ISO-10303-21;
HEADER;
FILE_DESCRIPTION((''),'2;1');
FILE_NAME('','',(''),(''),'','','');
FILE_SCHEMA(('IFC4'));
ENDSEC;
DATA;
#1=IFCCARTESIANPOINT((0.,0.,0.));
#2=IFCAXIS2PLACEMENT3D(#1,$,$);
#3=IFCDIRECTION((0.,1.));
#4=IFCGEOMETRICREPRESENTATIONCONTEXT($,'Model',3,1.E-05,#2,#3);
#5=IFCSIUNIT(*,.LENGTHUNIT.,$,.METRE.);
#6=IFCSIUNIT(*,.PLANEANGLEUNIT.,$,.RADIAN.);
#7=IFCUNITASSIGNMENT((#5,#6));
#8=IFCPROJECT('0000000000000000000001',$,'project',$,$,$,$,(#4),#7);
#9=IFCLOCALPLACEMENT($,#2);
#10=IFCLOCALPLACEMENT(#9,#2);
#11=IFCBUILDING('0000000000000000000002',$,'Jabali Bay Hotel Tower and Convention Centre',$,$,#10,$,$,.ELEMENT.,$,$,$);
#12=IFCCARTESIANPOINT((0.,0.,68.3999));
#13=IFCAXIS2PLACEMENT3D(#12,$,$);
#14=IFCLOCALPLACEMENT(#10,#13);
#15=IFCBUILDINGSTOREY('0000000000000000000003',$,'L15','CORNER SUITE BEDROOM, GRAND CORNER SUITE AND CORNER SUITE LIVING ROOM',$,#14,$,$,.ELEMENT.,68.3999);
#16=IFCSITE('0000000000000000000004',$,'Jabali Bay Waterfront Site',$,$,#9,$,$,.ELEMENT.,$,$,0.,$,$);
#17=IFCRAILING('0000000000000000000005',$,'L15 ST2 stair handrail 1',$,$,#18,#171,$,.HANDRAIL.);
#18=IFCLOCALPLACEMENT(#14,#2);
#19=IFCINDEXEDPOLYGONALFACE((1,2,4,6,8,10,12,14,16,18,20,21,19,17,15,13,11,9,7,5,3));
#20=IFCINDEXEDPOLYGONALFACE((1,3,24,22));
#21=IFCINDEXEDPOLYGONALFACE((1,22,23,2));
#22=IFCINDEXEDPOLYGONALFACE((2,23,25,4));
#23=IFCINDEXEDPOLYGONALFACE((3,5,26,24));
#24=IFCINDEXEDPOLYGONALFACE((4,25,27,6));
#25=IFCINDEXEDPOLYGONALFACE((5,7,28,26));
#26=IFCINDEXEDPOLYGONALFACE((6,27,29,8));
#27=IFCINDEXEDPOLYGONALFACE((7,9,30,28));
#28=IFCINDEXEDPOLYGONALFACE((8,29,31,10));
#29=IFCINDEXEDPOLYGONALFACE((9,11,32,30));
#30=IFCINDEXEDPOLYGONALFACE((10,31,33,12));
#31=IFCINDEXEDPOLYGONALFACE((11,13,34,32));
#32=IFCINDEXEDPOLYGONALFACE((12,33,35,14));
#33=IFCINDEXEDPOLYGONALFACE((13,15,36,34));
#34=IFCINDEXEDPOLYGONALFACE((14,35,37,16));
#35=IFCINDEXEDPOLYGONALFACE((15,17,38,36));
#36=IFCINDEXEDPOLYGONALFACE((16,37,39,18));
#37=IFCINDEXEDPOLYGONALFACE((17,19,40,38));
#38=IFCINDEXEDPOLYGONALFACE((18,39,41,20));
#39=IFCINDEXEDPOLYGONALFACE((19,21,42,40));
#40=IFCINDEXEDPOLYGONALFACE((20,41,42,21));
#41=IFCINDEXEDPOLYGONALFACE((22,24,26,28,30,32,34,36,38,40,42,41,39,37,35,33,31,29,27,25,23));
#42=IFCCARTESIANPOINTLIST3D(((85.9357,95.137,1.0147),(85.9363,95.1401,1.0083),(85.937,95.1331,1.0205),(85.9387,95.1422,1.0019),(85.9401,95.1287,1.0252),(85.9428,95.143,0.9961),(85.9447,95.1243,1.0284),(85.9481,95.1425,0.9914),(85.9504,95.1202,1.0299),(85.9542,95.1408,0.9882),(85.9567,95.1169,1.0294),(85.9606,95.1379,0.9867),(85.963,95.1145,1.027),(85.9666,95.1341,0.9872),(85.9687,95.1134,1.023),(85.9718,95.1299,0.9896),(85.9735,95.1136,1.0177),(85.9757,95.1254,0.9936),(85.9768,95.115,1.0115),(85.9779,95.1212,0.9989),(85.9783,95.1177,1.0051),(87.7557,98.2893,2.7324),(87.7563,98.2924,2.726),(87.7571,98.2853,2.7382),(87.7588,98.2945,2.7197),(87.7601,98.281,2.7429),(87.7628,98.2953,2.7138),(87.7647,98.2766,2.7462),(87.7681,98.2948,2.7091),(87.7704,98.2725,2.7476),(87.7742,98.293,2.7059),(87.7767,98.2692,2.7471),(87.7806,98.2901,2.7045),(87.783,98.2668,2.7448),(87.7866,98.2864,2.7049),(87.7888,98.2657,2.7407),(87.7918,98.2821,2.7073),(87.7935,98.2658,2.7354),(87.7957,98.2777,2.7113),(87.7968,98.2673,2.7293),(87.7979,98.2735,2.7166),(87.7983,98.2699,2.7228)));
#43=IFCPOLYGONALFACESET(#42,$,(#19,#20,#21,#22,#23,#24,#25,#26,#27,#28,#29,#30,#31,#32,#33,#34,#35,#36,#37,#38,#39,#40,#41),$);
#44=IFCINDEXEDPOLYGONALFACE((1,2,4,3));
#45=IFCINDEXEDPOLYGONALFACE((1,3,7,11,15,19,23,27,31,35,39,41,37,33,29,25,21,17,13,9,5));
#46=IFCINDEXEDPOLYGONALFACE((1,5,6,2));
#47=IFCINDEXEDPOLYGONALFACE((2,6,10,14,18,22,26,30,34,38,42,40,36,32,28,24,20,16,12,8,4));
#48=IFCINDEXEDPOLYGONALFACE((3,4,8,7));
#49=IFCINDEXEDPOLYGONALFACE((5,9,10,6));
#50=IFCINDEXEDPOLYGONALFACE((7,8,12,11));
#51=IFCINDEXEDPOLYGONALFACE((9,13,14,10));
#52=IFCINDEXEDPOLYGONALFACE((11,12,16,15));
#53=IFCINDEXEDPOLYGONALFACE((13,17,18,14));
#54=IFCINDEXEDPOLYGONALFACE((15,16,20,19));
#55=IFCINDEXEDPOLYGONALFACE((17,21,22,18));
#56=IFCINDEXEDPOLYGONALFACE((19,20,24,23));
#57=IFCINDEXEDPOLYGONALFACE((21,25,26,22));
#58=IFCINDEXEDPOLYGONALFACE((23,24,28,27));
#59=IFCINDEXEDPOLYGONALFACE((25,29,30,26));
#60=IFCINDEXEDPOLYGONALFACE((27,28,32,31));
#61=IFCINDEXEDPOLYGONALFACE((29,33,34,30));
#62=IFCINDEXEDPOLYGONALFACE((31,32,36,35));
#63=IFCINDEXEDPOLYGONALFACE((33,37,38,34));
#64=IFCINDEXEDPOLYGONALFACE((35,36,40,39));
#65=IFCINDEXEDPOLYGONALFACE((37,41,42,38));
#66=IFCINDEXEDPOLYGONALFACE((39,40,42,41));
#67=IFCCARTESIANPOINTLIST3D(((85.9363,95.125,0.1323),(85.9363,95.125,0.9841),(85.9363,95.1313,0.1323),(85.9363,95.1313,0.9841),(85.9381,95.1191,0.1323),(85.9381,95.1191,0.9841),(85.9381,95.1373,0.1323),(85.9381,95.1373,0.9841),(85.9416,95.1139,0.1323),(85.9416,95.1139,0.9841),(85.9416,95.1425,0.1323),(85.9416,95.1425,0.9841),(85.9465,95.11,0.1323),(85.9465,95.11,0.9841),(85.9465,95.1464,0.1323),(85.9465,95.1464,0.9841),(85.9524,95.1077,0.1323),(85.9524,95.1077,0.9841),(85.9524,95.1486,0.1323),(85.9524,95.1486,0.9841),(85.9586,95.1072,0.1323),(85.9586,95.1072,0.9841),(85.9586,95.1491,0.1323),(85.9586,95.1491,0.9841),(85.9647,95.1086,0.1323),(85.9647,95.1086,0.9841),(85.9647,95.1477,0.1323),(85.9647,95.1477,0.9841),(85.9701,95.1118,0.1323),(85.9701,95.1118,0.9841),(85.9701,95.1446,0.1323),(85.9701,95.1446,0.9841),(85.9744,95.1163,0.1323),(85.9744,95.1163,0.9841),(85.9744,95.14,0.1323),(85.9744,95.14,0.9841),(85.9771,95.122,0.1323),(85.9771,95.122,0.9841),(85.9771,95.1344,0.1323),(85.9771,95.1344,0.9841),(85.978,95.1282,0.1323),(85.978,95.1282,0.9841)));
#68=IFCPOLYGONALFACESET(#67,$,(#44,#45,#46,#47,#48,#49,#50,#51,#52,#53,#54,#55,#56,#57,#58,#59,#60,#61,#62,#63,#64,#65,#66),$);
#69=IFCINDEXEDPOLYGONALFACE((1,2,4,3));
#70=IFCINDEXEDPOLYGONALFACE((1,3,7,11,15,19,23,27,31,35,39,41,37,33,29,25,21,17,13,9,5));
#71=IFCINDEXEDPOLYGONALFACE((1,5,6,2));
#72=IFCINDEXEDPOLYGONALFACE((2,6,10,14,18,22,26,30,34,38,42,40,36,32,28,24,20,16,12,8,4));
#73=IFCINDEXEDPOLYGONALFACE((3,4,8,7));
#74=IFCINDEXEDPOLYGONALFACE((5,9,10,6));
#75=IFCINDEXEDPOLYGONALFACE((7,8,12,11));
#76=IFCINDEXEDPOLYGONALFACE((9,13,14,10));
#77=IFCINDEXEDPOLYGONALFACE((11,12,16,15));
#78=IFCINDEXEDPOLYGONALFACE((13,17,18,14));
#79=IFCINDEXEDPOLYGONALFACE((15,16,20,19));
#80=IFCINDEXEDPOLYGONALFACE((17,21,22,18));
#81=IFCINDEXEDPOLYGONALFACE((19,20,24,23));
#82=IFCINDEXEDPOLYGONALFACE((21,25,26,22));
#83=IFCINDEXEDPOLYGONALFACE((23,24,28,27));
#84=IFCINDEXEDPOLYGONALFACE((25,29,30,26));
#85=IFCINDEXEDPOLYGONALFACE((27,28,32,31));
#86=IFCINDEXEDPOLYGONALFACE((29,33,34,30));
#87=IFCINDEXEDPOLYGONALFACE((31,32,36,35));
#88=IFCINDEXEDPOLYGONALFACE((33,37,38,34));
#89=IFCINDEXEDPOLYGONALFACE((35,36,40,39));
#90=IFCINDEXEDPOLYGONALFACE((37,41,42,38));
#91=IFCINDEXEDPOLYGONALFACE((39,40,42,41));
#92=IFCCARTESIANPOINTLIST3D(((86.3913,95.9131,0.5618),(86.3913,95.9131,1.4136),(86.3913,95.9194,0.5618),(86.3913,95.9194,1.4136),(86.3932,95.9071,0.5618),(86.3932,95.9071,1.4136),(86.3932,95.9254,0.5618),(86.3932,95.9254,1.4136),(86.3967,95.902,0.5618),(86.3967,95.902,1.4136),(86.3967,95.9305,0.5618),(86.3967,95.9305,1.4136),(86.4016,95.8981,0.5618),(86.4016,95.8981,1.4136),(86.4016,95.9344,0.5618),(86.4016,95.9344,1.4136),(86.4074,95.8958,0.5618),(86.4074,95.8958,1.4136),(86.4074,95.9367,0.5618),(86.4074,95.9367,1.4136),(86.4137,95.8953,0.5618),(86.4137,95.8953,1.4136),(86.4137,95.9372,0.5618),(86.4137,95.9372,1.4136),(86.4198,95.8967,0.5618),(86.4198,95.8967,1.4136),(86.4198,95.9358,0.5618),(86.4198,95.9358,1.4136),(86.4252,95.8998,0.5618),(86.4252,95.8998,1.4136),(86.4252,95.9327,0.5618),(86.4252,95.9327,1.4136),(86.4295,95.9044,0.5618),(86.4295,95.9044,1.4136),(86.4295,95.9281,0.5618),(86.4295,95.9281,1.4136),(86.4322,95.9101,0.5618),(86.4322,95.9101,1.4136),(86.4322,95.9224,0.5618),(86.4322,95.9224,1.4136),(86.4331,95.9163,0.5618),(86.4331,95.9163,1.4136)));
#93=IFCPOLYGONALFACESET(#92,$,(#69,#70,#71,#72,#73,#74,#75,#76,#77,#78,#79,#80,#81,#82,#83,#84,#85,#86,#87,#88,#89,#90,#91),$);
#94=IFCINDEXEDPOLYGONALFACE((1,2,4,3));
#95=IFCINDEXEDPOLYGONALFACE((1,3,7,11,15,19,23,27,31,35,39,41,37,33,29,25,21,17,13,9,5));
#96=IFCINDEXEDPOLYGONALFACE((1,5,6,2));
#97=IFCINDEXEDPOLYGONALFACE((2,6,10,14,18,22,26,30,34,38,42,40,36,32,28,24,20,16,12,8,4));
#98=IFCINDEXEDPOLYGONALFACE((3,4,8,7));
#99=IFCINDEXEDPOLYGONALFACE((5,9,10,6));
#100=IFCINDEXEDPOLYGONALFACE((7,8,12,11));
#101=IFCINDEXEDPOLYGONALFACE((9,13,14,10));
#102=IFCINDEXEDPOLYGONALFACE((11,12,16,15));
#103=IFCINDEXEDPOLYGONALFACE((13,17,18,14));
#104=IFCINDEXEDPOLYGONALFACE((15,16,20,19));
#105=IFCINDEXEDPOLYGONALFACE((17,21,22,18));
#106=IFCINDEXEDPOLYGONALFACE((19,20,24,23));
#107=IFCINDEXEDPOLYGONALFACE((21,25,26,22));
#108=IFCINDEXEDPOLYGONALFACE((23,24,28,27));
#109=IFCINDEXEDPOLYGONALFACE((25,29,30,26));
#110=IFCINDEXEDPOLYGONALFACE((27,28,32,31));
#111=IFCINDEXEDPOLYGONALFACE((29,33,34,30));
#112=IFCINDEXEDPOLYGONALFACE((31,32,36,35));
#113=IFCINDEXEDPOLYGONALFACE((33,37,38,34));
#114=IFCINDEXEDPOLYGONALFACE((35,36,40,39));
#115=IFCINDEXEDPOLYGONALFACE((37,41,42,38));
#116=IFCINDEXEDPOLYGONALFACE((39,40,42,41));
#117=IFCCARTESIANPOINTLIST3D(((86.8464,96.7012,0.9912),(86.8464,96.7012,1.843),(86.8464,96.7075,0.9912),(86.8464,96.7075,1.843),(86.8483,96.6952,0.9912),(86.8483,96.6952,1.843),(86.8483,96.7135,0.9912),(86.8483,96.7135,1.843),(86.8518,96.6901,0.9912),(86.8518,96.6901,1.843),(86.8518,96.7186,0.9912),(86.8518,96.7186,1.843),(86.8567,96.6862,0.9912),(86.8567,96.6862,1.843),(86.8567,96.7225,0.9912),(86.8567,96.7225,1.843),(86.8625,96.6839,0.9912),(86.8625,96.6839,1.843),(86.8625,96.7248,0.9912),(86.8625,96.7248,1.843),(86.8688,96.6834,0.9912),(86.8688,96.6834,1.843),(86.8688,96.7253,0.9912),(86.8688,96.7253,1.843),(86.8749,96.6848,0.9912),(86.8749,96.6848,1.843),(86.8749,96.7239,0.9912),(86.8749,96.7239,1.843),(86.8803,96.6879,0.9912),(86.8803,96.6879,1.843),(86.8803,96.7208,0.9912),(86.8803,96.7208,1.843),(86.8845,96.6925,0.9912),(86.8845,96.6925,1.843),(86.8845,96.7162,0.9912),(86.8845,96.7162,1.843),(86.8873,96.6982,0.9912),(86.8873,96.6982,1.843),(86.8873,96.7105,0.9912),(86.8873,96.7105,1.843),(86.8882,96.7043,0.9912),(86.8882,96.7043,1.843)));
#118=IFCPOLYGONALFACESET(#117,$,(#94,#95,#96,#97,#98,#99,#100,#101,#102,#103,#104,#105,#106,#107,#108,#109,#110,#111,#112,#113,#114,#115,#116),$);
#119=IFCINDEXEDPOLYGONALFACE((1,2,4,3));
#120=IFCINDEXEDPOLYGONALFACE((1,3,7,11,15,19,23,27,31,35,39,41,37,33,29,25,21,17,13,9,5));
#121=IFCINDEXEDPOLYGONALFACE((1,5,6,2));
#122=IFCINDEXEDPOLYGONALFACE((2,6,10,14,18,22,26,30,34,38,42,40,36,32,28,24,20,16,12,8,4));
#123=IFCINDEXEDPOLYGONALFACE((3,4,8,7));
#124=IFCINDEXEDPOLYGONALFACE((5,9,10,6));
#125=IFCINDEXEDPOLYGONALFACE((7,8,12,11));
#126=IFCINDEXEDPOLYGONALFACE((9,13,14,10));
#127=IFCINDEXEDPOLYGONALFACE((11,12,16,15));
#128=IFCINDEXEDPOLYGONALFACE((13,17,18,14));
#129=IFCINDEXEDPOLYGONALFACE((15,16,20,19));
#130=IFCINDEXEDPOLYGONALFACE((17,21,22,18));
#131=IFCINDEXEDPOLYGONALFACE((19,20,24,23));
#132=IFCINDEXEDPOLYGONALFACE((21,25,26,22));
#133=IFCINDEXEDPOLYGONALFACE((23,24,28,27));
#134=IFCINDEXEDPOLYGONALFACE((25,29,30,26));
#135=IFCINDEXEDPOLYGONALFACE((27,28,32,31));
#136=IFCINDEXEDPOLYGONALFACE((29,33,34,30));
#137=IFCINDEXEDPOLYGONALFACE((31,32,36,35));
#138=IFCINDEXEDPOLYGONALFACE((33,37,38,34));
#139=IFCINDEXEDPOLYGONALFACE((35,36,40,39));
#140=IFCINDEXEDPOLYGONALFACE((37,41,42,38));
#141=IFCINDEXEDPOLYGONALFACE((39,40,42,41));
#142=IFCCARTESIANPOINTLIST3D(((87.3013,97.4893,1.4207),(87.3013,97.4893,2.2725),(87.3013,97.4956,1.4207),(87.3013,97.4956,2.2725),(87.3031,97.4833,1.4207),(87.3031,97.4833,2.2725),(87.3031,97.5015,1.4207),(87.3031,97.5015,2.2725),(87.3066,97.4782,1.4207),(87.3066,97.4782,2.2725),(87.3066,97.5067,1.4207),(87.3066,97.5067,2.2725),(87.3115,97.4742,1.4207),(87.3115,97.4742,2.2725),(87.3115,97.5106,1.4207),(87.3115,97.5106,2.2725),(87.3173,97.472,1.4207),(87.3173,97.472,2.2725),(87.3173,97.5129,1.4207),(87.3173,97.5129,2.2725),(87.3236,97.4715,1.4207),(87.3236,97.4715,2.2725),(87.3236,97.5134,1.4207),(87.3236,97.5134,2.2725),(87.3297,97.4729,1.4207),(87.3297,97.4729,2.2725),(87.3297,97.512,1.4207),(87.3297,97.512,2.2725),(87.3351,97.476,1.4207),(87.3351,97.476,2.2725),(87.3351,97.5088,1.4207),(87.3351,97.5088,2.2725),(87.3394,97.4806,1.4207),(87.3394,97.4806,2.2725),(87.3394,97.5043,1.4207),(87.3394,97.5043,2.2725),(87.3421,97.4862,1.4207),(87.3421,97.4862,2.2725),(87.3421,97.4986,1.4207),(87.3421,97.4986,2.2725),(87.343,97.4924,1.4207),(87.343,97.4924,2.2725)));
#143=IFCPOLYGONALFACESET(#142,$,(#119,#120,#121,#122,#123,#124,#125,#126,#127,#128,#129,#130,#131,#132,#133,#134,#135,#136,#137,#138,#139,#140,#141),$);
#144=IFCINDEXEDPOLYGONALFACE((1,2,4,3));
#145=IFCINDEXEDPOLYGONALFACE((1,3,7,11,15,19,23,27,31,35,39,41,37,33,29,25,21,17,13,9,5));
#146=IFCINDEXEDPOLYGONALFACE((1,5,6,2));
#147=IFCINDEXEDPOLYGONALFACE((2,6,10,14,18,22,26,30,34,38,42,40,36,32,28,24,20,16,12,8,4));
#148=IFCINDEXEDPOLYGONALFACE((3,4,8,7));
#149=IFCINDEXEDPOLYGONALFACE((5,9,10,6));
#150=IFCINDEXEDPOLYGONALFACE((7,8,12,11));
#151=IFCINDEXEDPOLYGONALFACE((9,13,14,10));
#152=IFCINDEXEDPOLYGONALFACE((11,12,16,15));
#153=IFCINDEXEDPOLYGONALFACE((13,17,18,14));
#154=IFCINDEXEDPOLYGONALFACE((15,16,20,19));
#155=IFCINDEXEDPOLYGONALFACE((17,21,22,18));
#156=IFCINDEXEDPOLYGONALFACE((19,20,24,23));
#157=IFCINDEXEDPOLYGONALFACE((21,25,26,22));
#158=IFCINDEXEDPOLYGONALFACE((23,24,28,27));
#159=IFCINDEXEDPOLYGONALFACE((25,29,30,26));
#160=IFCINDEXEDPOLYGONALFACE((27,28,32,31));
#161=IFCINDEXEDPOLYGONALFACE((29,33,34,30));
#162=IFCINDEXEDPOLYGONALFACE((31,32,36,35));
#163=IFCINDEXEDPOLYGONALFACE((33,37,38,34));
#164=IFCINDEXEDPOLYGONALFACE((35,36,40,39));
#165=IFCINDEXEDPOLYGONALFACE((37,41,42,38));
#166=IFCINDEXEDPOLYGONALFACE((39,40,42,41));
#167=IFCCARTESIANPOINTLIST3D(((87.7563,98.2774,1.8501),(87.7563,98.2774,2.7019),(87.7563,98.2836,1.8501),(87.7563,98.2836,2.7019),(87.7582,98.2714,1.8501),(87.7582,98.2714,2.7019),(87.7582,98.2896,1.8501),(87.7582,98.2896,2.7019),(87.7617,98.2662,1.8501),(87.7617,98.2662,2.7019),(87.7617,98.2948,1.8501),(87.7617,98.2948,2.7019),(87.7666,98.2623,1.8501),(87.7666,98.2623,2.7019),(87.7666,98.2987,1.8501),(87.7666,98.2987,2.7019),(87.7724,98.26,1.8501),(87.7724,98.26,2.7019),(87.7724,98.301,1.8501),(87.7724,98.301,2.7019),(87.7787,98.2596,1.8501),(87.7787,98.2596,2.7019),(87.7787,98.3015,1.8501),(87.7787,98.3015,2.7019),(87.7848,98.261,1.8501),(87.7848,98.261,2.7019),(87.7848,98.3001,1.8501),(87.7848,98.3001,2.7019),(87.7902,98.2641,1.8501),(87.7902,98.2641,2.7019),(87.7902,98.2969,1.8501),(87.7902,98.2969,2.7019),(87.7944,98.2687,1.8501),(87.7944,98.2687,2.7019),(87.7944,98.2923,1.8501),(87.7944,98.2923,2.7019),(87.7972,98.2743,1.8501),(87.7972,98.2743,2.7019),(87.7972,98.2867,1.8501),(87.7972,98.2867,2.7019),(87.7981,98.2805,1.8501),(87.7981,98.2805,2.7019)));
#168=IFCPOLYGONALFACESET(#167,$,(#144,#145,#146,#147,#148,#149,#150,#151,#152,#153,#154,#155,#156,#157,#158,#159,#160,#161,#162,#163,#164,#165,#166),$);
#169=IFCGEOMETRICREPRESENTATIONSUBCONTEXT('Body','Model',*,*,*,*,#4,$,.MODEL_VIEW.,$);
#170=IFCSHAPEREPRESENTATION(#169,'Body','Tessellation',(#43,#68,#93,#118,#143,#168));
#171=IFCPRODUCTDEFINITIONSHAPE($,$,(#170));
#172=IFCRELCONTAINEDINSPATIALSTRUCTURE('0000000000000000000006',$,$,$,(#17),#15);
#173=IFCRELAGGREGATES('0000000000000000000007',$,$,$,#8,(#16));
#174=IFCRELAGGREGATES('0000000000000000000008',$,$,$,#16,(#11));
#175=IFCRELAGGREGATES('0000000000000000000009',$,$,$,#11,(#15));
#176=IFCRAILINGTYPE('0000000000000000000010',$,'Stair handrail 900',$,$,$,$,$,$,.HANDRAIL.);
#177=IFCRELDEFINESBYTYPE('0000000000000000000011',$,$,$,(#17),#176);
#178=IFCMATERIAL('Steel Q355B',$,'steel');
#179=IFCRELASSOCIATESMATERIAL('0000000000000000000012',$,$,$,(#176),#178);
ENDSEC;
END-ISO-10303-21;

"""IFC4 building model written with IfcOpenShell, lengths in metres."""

from ifc_helpers import new_model, si_unit, direction, frame, origin, origin_2d, place, context, subcontext, project, spatial, circle, extrude, material, type_object, element, save


model = new_model("IFC4")

# Units and contexts
model_context = context("Model", 3, precision=1e-05, world=origin(), true_north=direction((0.0, 1.0)))
body_context = subcontext(model_context, "Body", "Model", "MODEL_VIEW")
ifc_project = project(units=[si_unit("LENGTHUNIT", "METRE"), si_unit("PLANEANGLEUNIT", "RADIAN")], contexts=[model_context])

# Site, building, storey
site_placement = place(None, origin())
site = spatial("IfcSite", under=ifc_project, at=site_placement, Name="Jabali Bay Waterfront Site", CompositionType="ELEMENT", RefElevation=0.0)
building_placement = place(site_placement, origin())
building = spatial("IfcBuilding", under=site, at=building_placement, Name="Jabali Bay Hotel Tower and Convention Centre", CompositionType="ELEMENT")
storey_placement = place(building_placement, frame((0.0, 0.0, 68.3999)))
storey = spatial("IfcBuildingStorey", under=building, at=storey_placement, Name="L15", Description="CORNER SUITE BEDROOM, GRAND CORNER SUITE AND CORNER SUITE LIVING ROOM", CompositionType="ELEMENT", Elevation=68.3999)

# Railing
ifc_material_1 = material(Name="Steel Q355B", Category="steel")
railing_type_1 = type_object("IfcRailingType", Name="Stair handrail 900", PredefinedType="HANDRAIL", material=ifc_material_1)
railing_1_placement = place(storey_placement, frame((85.957, 95.1282, 0.1323)))
element("IfcRailing", 1, at=railing_1_placement, inside=storey, type_object=railing_type_1, Name="L15 ST2 stair handrail 1", PredefinedType="HANDRAIL", context=body_context, shape_type="SweptSolid", body=[
    extrude(circle(Radius=0.0239, at=origin_2d()), frame((0.0, 0.0, 0.876), z_axis=(0.45219, 0.78319, 0.426775), x_axis=(-0.866018, 0.500013, 0.0)), (0.0, 0.0, 1.0), 4.0249),
    extrude(circle(Radius=0.021, at=origin_2d()), origin(), (0.0, 0.0, 1.0), 0.8518),
    extrude(circle(Radius=0.021, at=origin_2d()), frame((0.4551, 0.7881, 0.4294)), (0.0, 0.0, 1.0), 0.8518),
    extrude(circle(Radius=0.021, at=origin_2d()), frame((0.9102, 1.5762, 0.8589)), (0.0, 0.0, 1.0), 0.8518),
    extrude(circle(Radius=0.021, at=origin_2d()), frame((1.365, 2.3643, 1.2883)), (0.0, 0.0, 1.0), 0.8518),
    extrude(circle(Radius=0.021, at=origin_2d()), frame((1.8201, 3.1523, 1.7178)), (0.0, 0.0, 1.0), 0.8518),
])

save(model, "model.ifc")
